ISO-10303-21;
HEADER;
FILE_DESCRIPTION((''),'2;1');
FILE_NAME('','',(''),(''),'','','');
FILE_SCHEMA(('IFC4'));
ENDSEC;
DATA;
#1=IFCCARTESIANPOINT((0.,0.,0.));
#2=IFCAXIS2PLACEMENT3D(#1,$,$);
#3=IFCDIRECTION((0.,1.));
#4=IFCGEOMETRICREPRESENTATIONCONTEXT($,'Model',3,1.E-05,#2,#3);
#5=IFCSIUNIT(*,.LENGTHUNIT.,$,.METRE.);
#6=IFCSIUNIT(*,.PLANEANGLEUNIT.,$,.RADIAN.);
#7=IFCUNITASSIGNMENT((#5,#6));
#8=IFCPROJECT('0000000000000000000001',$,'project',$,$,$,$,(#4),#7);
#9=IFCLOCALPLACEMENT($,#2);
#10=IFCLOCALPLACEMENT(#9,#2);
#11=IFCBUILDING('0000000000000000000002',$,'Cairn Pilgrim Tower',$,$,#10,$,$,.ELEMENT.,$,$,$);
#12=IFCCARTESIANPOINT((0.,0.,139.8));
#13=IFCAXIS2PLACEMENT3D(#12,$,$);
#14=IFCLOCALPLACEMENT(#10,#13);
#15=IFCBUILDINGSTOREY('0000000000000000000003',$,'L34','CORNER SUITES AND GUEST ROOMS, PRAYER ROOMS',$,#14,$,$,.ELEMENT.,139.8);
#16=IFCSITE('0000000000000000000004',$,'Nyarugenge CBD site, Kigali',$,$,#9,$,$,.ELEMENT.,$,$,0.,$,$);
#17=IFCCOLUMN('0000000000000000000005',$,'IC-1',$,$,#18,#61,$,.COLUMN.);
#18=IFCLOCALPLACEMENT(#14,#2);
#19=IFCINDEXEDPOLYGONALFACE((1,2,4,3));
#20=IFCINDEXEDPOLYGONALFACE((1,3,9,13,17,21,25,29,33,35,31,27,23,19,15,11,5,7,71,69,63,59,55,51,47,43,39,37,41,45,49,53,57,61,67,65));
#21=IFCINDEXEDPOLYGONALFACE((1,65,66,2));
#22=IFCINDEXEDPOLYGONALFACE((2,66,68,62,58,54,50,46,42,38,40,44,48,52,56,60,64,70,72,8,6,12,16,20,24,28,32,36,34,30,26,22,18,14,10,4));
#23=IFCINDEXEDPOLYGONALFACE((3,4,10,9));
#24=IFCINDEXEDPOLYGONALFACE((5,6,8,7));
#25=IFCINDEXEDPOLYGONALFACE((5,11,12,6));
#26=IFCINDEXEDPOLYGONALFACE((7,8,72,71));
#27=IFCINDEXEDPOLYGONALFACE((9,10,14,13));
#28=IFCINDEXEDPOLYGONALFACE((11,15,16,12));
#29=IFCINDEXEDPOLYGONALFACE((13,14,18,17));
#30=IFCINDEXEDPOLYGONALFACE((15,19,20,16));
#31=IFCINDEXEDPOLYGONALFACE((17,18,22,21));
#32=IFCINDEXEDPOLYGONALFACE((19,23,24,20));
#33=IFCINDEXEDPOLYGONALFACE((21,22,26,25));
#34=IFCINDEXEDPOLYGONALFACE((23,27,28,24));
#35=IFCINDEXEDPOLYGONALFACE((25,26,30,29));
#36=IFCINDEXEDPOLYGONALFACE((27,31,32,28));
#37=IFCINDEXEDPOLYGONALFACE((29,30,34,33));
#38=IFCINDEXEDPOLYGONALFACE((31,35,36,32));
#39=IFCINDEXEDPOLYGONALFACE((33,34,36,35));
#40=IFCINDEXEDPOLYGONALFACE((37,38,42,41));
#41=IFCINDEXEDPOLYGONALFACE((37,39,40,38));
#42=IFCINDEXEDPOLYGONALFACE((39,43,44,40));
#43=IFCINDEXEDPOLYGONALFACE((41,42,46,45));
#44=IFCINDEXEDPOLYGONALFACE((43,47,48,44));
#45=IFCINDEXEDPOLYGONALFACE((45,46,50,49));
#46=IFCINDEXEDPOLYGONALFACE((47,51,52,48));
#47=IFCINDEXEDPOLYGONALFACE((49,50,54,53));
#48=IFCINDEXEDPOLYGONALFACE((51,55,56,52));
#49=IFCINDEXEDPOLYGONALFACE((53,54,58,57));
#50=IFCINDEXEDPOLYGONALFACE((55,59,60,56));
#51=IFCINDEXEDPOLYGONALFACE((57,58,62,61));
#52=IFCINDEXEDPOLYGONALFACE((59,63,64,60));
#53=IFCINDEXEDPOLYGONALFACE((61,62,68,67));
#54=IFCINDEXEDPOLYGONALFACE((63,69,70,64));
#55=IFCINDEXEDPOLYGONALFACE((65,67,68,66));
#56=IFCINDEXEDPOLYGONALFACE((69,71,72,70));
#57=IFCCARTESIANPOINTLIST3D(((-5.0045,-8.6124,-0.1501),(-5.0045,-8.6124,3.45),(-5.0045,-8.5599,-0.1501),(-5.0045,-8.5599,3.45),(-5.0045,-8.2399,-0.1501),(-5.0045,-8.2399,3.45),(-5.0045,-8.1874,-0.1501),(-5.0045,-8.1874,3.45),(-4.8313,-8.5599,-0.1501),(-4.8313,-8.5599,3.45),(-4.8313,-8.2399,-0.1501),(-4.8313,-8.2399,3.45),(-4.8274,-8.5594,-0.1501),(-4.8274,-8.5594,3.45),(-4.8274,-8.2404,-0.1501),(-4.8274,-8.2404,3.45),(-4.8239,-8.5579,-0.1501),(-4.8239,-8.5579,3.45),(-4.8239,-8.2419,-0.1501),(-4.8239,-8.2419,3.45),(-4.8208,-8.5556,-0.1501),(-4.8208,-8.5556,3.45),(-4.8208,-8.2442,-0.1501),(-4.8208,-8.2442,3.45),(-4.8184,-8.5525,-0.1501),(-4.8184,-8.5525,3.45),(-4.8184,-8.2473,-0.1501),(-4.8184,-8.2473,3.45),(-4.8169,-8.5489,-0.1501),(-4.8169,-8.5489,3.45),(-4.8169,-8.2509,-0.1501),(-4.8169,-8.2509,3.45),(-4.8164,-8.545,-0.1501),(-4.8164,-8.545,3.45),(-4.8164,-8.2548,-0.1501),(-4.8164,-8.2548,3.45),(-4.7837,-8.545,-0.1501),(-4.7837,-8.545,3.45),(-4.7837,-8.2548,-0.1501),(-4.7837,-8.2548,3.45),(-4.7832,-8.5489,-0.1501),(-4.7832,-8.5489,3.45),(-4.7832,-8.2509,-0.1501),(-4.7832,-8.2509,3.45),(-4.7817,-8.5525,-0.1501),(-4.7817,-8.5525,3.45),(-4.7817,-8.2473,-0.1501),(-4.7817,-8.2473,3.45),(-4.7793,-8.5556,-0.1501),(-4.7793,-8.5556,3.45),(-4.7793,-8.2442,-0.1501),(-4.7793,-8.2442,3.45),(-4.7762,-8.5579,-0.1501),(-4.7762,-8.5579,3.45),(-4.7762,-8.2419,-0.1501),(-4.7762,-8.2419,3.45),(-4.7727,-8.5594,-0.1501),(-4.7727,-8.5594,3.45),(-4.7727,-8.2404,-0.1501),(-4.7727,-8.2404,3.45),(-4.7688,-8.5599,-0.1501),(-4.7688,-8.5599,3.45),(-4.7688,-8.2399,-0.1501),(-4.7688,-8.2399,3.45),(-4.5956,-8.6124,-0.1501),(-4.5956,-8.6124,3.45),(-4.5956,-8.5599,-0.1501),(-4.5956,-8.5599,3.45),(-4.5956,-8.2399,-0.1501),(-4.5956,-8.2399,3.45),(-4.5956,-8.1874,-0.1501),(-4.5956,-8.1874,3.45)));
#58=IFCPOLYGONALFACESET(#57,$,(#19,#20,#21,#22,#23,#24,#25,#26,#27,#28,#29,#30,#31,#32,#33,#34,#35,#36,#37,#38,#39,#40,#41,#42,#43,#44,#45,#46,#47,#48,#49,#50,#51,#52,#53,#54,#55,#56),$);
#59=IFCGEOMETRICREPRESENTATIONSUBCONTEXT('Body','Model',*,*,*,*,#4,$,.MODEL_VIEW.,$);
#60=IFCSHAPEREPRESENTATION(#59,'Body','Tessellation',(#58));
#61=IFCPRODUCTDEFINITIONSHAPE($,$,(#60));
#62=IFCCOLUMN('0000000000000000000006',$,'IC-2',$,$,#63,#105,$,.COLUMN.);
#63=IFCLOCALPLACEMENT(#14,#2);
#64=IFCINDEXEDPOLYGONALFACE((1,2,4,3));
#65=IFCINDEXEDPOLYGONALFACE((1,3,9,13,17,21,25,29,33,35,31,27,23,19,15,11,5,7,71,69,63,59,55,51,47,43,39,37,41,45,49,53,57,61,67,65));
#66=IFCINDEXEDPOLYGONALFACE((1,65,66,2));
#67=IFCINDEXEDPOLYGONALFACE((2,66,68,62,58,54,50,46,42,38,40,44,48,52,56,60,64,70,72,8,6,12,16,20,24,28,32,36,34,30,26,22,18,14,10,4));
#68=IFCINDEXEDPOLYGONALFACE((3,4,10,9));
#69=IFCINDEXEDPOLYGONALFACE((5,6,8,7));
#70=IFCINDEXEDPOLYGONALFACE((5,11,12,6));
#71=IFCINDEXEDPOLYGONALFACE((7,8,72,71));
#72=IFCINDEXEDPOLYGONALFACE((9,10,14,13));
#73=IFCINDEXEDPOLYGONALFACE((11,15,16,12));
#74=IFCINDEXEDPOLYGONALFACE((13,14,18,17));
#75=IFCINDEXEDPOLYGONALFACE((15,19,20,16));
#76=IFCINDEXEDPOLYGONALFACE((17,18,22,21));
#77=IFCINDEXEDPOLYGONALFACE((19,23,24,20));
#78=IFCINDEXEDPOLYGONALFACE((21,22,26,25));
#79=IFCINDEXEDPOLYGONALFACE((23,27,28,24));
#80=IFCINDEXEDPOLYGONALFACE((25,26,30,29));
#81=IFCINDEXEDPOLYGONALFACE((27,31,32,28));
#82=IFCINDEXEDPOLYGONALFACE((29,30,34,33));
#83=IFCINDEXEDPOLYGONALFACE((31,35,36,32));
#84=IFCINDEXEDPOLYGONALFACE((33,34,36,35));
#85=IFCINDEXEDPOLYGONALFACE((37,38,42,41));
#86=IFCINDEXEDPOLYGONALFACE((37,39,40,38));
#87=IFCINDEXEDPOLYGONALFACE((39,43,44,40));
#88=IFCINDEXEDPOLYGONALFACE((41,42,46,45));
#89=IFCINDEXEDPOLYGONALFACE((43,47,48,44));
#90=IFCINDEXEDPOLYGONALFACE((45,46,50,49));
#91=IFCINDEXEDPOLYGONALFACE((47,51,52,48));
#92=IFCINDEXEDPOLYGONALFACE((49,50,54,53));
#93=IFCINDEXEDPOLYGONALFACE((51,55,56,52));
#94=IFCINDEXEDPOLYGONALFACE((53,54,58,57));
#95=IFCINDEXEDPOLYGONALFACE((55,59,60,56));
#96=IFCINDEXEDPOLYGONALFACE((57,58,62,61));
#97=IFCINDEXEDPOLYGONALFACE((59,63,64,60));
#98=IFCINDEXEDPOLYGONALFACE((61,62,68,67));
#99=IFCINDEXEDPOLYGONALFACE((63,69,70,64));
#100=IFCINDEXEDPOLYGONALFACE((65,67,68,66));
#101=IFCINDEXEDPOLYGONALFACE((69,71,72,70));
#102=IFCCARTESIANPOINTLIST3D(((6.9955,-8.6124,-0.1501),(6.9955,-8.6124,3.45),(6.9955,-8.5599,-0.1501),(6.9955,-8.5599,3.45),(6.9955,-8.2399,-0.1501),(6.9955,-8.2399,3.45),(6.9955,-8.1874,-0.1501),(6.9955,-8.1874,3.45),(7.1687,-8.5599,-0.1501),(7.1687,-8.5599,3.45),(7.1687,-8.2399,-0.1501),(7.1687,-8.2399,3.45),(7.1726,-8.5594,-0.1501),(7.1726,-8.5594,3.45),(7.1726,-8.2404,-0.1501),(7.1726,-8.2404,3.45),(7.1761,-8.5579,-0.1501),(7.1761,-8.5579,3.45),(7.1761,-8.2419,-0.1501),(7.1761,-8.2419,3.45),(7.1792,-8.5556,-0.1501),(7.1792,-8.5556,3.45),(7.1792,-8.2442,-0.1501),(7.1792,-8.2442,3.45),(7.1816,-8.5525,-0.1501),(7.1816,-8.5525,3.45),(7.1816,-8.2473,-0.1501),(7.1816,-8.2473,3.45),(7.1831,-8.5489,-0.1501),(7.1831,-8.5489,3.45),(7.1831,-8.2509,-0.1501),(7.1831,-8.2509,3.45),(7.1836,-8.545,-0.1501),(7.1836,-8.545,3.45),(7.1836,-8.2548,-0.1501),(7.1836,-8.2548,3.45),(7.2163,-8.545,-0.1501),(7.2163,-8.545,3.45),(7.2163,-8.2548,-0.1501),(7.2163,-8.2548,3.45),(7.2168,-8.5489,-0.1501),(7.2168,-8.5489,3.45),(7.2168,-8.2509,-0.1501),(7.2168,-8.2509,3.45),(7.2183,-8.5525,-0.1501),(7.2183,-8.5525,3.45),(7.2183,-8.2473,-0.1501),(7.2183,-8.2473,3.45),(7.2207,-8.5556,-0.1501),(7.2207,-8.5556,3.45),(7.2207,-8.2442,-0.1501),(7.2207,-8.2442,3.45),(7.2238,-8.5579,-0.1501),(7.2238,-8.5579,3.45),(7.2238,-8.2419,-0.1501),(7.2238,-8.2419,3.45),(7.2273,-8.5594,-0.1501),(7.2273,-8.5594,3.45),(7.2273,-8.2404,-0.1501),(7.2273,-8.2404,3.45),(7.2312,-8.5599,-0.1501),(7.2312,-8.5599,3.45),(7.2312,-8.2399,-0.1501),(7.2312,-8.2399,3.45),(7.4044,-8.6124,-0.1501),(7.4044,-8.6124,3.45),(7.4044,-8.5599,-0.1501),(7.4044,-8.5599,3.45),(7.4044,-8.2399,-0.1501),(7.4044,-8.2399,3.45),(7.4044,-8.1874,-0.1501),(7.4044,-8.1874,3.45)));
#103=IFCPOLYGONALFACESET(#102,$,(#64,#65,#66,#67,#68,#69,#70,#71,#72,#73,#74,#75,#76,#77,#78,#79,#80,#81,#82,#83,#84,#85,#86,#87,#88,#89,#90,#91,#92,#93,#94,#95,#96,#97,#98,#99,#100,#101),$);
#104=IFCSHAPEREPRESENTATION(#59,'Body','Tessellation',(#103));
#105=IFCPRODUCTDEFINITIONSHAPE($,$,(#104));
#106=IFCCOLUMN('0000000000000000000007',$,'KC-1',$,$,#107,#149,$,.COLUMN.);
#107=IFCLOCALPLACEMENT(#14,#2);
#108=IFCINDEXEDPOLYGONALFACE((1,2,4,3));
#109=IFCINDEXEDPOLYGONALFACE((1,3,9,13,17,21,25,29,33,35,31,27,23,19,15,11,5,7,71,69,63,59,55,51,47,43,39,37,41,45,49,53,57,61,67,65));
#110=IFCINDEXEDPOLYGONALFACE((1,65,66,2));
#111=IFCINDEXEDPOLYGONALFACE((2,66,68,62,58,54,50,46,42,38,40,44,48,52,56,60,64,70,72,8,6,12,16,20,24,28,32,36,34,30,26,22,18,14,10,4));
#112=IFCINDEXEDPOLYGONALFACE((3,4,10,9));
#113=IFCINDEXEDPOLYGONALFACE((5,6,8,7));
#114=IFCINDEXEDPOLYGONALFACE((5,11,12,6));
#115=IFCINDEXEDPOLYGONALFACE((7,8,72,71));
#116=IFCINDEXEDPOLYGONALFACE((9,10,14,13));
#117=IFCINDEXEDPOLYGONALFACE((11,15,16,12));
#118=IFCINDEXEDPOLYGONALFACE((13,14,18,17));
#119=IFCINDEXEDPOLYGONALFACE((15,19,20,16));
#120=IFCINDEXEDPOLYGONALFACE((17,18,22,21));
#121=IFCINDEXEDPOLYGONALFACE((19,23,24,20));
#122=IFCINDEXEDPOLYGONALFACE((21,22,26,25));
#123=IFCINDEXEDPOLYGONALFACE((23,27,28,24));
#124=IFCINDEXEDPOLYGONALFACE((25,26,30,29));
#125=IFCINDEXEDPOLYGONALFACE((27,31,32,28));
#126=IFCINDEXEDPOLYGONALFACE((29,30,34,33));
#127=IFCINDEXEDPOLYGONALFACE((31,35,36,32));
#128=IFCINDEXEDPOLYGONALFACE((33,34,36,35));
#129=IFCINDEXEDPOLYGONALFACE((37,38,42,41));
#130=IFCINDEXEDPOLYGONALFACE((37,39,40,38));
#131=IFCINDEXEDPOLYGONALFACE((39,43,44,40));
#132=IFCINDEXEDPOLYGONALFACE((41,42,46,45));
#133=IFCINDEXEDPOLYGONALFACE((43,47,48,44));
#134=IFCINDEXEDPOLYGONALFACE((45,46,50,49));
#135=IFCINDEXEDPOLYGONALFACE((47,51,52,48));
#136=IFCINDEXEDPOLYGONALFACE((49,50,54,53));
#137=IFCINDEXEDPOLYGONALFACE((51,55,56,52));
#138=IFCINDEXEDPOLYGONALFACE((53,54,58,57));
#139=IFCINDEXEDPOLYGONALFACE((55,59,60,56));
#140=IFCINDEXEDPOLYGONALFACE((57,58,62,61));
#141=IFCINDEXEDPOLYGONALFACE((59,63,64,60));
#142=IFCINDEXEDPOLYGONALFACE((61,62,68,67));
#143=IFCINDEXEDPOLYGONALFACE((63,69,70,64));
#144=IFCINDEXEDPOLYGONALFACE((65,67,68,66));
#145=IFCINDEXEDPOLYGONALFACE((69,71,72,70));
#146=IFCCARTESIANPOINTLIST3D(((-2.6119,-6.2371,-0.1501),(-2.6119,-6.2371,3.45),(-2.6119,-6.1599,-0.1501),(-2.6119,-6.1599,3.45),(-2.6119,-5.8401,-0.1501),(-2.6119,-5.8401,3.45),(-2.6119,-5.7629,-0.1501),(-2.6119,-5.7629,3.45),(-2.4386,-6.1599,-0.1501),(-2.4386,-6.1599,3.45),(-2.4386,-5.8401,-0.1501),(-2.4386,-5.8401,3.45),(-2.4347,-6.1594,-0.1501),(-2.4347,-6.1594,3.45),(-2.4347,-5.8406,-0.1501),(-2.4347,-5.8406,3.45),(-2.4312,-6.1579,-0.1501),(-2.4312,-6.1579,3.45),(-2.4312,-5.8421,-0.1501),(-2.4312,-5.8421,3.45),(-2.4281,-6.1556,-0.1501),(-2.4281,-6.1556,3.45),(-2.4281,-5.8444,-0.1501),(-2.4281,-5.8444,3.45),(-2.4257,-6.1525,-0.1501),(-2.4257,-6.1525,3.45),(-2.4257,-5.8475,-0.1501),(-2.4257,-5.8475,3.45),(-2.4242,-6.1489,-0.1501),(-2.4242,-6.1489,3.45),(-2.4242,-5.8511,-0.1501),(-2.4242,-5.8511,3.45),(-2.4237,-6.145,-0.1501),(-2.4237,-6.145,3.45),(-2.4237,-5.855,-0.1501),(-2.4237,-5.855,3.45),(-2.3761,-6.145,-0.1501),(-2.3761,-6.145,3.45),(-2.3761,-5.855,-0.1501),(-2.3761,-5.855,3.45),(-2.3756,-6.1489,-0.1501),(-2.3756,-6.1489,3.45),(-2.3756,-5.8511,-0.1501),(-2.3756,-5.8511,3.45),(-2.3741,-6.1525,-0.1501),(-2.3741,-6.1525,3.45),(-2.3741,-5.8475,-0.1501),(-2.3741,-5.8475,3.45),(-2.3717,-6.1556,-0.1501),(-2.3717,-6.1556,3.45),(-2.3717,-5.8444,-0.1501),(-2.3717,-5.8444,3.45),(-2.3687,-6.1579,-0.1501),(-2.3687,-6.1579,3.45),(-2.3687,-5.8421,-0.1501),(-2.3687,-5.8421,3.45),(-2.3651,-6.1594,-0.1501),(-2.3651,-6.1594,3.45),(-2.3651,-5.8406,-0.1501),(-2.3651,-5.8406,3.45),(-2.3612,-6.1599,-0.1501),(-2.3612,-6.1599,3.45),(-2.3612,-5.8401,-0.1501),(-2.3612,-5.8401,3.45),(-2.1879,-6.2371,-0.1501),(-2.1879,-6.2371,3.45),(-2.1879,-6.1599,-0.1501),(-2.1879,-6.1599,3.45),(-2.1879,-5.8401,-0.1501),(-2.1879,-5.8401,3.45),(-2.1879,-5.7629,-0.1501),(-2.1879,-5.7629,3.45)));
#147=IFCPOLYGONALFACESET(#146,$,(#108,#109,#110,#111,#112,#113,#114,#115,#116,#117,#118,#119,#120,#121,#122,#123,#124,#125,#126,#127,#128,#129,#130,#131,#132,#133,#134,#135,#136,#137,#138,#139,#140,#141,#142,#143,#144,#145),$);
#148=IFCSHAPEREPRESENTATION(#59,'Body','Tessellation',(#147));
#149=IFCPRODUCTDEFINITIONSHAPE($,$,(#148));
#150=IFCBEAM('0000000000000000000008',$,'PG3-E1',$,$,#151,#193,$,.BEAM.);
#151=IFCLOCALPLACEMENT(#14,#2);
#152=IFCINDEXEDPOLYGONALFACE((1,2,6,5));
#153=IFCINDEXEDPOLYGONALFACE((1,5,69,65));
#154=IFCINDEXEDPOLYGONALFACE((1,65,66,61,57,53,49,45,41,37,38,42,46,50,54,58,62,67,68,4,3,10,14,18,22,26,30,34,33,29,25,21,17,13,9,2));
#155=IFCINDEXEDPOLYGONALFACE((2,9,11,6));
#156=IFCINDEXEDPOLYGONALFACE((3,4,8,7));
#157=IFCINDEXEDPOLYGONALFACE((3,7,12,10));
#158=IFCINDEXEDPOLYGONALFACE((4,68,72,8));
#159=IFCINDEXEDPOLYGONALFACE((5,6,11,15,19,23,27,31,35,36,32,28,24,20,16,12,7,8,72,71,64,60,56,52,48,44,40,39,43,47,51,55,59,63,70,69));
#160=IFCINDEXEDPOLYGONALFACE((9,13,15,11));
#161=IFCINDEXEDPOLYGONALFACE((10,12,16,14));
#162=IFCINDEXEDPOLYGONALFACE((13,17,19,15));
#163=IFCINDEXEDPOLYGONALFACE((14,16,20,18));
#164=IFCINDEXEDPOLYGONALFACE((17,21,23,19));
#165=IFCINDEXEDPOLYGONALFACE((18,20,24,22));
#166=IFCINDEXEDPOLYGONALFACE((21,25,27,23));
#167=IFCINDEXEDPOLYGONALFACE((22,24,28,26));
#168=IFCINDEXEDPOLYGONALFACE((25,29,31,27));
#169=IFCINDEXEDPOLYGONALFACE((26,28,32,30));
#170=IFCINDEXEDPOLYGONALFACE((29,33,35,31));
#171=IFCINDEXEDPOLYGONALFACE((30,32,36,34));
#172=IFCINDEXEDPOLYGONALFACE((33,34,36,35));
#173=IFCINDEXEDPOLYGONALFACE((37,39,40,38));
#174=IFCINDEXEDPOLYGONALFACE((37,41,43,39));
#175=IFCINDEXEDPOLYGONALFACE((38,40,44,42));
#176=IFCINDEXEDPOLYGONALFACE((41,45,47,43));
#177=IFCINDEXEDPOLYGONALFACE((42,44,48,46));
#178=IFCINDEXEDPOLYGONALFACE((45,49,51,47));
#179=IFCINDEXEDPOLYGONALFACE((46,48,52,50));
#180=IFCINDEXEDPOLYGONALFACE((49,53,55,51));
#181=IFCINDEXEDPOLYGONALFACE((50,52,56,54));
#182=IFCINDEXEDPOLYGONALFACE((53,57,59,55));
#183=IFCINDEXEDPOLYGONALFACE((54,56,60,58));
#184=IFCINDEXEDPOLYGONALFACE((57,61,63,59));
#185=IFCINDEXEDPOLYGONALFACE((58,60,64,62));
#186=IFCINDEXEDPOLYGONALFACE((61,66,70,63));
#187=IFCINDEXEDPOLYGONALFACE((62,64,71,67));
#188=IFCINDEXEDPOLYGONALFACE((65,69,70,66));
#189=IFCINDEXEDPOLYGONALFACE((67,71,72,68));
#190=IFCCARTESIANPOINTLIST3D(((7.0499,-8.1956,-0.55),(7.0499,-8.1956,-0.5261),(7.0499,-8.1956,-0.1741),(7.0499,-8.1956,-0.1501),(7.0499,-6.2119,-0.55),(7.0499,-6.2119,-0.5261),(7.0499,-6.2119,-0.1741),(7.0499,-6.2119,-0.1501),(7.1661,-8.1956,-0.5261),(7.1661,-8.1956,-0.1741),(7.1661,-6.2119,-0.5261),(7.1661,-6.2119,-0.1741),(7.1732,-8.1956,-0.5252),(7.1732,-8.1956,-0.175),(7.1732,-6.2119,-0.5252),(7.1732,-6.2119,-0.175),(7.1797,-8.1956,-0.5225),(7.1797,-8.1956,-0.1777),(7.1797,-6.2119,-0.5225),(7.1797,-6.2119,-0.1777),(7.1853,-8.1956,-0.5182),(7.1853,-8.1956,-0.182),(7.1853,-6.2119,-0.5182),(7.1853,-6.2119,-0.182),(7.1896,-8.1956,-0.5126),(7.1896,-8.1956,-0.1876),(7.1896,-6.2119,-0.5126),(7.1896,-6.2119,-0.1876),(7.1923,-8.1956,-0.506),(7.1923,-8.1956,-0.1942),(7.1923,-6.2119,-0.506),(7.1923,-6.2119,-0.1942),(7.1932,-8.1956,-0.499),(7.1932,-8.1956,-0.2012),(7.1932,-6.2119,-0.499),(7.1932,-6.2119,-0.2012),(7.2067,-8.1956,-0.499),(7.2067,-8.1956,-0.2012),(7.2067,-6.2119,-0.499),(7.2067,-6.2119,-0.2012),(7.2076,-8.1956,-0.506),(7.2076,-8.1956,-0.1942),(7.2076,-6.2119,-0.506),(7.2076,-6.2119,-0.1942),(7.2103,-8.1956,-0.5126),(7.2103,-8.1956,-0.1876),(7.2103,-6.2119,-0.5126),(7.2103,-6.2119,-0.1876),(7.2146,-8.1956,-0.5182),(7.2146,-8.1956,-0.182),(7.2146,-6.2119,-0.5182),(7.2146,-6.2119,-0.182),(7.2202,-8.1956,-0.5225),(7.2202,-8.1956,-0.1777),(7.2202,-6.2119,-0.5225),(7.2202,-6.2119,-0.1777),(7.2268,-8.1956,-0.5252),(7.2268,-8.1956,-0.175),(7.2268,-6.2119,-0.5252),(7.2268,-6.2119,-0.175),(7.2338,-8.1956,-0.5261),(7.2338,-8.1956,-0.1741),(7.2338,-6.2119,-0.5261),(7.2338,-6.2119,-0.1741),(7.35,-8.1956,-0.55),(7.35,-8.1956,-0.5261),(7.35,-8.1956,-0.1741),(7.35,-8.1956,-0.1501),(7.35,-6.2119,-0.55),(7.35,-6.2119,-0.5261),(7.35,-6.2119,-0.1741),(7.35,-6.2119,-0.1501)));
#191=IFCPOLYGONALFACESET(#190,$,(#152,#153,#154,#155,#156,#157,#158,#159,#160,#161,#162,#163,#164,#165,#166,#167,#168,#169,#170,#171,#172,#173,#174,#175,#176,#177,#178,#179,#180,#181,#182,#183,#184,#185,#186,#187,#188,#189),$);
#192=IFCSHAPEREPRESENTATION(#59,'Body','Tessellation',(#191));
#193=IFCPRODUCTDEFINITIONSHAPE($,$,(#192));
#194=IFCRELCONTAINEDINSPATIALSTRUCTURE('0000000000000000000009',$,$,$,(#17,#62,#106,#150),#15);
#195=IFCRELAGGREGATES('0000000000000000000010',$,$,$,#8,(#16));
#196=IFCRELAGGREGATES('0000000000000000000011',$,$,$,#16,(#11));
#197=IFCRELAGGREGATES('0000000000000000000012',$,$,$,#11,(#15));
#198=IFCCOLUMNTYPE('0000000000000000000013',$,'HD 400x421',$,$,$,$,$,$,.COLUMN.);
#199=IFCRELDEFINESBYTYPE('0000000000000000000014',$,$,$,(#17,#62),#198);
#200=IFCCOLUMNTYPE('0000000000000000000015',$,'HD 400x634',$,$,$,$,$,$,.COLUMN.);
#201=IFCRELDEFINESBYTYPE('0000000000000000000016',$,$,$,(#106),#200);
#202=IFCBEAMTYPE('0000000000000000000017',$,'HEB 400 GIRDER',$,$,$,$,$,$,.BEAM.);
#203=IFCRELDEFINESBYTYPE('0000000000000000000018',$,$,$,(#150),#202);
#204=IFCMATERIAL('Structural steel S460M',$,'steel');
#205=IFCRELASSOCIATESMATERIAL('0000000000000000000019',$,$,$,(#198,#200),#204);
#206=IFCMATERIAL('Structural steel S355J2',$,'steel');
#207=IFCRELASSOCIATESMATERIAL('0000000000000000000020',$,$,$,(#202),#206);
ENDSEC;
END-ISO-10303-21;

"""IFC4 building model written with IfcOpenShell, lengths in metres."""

from ifc_helpers import new_model, si_unit, direction, frame, origin, origin_2d, place, context, subcontext, project, spatial, i_section, extrude, material, material_profile, profile_set, type_object, element, save


model = new_model("IFC4")

# Units and contexts
model_context = context("Model", 3, precision=1e-05, world=origin(), true_north=direction((0.0, 1.0)))
body_context = subcontext(model_context, "Body", "Model", "MODEL_VIEW")
ifc_project = project(units=[si_unit("LENGTHUNIT", "METRE"), si_unit("PLANEANGLEUNIT", "RADIAN")], contexts=[model_context])

# Site, building, storey
site_placement = place(None, origin())
site = spatial("IfcSite", under=ifc_project, at=site_placement, Name="Nyarugenge CBD site, Kigali", CompositionType="ELEMENT", RefElevation=0.0)
building_placement = place(site_placement, origin())
building = spatial("IfcBuilding", under=site, at=building_placement, Name="Cairn Pilgrim Tower", CompositionType="ELEMENT")
storey_placement = place(building_placement, frame((0.0, 0.0, 139.8)))
storey = spatial("IfcBuildingStorey", under=building, at=storey_placement, Name="L34", Description="CORNER SUITES AND GUEST ROOMS, PRAYER ROOMS", CompositionType="ELEMENT", Elevation=139.8)

# Columns
ifc_material_1 = material(Name="Structural steel S460M", Category="steel")
ifc_material_profile_1 = material_profile(ifc_material_1, i_section(OverallWidth=0.4089, OverallDepth=0.425, WebThickness=0.0327, FlangeThickness=0.0525, FilletRadius=0.0149, at=origin_2d()), Name="HD 400x421")
ifc_profile_set_1 = profile_set([ifc_material_profile_1], Name="Structural steel S460M")
column_type_1 = type_object("IfcColumnType", Name="HD 400x421", PredefinedType="COLUMN", material=ifc_profile_set_1)
for number, where, z_axis, x_axis, name in (
    (1, (-4.8, -8.3999, -0.1501), (0.0, 0.0, 1.0), (1.0, 0.0, 0.0), "IC-1"),
    (2, (7.2, -8.3999, -0.1501), (0.0, 0.0, 1.0), (1.0, 0.0, 0.0), "IC-2"),
):
    element("IfcColumn", number, at=place(storey_placement, frame(where, z_axis=z_axis, x_axis=x_axis)), inside=storey, type_object=column_type_1, Name=name, PredefinedType="COLUMN", context=body_context, shape_type="SweptSolid", body=[
        extrude(i_section(OverallWidth=0.4089, OverallDepth=0.425, WebThickness=0.0327, FlangeThickness=0.0525, FilletRadius=0.0149, at=origin_2d()), origin(), (0.0, 0.0, 1.0), 3.6001),
    ])
ifc_material_profile_2 = material_profile(ifc_material_1, i_section(OverallWidth=0.4241, OverallDepth=0.4741, WebThickness=0.0476, FlangeThickness=0.0771, FilletRadius=0.0149, at=origin_2d()), Name="HD 400x634")
ifc_profile_set_2 = profile_set([ifc_material_profile_2], Name="Structural steel S460M")
column_type_2 = type_object("IfcColumnType", Name="HD 400x634", PredefinedType="COLUMN", material=ifc_profile_set_2)
column_placement = place(storey_placement, frame((-2.3999, -6.0, -0.1501), z_axis=(0.0, 0.0, 1.0), x_axis=(1.0, 0.0, 0.0)))
element("IfcColumn", 3, at=column_placement, inside=storey, type_object=column_type_2, Name="KC-1", PredefinedType="COLUMN", context=body_context, shape_type="SweptSolid", body=[
    extrude(i_section(OverallWidth=0.4241, OverallDepth=0.4741, WebThickness=0.0476, FlangeThickness=0.0771, FilletRadius=0.0149, at=origin_2d()), origin(), (0.0, 0.0, 1.0), 3.6001),
])

# Beam
ifc_material_2 = material(Name="Structural steel S355J2", Category="steel")
ifc_material_profile_3 = material_profile(ifc_material_2, i_section(OverallWidth=0.3, OverallDepth=0.3999, WebThickness=0.0134, FlangeThickness=0.0239, FilletRadius=0.0271, at=origin_2d()), Name="HEB 400")
ifc_profile_set_3 = profile_set([ifc_material_profile_3], Name="Structural steel S355J2")
beam_type_1 = type_object("IfcBeamType", Name="HEB 400 GIRDER", PredefinedType="BEAM", material=ifc_profile_set_3)
beam_1_placement = place(storey_placement, frame((7.2, -8.1956, -0.3501), z_axis=(0.0, 1.0, 0.0), x_axis=(-1.0, 0.0, 0.0)))
element("IfcBeam", 4, at=beam_1_placement, inside=storey, type_object=beam_type_1, Name="PG3-E1", PredefinedType="BEAM", context=body_context, shape_type="SweptSolid", body=[
    extrude(i_section(OverallWidth=0.3, OverallDepth=0.3999, WebThickness=0.0134, FlangeThickness=0.0239, FilletRadius=0.0271, at=origin_2d()), origin(), (0.0, 0.0, 1.0), 1.9836),
])

save(model, "model.ifc")
